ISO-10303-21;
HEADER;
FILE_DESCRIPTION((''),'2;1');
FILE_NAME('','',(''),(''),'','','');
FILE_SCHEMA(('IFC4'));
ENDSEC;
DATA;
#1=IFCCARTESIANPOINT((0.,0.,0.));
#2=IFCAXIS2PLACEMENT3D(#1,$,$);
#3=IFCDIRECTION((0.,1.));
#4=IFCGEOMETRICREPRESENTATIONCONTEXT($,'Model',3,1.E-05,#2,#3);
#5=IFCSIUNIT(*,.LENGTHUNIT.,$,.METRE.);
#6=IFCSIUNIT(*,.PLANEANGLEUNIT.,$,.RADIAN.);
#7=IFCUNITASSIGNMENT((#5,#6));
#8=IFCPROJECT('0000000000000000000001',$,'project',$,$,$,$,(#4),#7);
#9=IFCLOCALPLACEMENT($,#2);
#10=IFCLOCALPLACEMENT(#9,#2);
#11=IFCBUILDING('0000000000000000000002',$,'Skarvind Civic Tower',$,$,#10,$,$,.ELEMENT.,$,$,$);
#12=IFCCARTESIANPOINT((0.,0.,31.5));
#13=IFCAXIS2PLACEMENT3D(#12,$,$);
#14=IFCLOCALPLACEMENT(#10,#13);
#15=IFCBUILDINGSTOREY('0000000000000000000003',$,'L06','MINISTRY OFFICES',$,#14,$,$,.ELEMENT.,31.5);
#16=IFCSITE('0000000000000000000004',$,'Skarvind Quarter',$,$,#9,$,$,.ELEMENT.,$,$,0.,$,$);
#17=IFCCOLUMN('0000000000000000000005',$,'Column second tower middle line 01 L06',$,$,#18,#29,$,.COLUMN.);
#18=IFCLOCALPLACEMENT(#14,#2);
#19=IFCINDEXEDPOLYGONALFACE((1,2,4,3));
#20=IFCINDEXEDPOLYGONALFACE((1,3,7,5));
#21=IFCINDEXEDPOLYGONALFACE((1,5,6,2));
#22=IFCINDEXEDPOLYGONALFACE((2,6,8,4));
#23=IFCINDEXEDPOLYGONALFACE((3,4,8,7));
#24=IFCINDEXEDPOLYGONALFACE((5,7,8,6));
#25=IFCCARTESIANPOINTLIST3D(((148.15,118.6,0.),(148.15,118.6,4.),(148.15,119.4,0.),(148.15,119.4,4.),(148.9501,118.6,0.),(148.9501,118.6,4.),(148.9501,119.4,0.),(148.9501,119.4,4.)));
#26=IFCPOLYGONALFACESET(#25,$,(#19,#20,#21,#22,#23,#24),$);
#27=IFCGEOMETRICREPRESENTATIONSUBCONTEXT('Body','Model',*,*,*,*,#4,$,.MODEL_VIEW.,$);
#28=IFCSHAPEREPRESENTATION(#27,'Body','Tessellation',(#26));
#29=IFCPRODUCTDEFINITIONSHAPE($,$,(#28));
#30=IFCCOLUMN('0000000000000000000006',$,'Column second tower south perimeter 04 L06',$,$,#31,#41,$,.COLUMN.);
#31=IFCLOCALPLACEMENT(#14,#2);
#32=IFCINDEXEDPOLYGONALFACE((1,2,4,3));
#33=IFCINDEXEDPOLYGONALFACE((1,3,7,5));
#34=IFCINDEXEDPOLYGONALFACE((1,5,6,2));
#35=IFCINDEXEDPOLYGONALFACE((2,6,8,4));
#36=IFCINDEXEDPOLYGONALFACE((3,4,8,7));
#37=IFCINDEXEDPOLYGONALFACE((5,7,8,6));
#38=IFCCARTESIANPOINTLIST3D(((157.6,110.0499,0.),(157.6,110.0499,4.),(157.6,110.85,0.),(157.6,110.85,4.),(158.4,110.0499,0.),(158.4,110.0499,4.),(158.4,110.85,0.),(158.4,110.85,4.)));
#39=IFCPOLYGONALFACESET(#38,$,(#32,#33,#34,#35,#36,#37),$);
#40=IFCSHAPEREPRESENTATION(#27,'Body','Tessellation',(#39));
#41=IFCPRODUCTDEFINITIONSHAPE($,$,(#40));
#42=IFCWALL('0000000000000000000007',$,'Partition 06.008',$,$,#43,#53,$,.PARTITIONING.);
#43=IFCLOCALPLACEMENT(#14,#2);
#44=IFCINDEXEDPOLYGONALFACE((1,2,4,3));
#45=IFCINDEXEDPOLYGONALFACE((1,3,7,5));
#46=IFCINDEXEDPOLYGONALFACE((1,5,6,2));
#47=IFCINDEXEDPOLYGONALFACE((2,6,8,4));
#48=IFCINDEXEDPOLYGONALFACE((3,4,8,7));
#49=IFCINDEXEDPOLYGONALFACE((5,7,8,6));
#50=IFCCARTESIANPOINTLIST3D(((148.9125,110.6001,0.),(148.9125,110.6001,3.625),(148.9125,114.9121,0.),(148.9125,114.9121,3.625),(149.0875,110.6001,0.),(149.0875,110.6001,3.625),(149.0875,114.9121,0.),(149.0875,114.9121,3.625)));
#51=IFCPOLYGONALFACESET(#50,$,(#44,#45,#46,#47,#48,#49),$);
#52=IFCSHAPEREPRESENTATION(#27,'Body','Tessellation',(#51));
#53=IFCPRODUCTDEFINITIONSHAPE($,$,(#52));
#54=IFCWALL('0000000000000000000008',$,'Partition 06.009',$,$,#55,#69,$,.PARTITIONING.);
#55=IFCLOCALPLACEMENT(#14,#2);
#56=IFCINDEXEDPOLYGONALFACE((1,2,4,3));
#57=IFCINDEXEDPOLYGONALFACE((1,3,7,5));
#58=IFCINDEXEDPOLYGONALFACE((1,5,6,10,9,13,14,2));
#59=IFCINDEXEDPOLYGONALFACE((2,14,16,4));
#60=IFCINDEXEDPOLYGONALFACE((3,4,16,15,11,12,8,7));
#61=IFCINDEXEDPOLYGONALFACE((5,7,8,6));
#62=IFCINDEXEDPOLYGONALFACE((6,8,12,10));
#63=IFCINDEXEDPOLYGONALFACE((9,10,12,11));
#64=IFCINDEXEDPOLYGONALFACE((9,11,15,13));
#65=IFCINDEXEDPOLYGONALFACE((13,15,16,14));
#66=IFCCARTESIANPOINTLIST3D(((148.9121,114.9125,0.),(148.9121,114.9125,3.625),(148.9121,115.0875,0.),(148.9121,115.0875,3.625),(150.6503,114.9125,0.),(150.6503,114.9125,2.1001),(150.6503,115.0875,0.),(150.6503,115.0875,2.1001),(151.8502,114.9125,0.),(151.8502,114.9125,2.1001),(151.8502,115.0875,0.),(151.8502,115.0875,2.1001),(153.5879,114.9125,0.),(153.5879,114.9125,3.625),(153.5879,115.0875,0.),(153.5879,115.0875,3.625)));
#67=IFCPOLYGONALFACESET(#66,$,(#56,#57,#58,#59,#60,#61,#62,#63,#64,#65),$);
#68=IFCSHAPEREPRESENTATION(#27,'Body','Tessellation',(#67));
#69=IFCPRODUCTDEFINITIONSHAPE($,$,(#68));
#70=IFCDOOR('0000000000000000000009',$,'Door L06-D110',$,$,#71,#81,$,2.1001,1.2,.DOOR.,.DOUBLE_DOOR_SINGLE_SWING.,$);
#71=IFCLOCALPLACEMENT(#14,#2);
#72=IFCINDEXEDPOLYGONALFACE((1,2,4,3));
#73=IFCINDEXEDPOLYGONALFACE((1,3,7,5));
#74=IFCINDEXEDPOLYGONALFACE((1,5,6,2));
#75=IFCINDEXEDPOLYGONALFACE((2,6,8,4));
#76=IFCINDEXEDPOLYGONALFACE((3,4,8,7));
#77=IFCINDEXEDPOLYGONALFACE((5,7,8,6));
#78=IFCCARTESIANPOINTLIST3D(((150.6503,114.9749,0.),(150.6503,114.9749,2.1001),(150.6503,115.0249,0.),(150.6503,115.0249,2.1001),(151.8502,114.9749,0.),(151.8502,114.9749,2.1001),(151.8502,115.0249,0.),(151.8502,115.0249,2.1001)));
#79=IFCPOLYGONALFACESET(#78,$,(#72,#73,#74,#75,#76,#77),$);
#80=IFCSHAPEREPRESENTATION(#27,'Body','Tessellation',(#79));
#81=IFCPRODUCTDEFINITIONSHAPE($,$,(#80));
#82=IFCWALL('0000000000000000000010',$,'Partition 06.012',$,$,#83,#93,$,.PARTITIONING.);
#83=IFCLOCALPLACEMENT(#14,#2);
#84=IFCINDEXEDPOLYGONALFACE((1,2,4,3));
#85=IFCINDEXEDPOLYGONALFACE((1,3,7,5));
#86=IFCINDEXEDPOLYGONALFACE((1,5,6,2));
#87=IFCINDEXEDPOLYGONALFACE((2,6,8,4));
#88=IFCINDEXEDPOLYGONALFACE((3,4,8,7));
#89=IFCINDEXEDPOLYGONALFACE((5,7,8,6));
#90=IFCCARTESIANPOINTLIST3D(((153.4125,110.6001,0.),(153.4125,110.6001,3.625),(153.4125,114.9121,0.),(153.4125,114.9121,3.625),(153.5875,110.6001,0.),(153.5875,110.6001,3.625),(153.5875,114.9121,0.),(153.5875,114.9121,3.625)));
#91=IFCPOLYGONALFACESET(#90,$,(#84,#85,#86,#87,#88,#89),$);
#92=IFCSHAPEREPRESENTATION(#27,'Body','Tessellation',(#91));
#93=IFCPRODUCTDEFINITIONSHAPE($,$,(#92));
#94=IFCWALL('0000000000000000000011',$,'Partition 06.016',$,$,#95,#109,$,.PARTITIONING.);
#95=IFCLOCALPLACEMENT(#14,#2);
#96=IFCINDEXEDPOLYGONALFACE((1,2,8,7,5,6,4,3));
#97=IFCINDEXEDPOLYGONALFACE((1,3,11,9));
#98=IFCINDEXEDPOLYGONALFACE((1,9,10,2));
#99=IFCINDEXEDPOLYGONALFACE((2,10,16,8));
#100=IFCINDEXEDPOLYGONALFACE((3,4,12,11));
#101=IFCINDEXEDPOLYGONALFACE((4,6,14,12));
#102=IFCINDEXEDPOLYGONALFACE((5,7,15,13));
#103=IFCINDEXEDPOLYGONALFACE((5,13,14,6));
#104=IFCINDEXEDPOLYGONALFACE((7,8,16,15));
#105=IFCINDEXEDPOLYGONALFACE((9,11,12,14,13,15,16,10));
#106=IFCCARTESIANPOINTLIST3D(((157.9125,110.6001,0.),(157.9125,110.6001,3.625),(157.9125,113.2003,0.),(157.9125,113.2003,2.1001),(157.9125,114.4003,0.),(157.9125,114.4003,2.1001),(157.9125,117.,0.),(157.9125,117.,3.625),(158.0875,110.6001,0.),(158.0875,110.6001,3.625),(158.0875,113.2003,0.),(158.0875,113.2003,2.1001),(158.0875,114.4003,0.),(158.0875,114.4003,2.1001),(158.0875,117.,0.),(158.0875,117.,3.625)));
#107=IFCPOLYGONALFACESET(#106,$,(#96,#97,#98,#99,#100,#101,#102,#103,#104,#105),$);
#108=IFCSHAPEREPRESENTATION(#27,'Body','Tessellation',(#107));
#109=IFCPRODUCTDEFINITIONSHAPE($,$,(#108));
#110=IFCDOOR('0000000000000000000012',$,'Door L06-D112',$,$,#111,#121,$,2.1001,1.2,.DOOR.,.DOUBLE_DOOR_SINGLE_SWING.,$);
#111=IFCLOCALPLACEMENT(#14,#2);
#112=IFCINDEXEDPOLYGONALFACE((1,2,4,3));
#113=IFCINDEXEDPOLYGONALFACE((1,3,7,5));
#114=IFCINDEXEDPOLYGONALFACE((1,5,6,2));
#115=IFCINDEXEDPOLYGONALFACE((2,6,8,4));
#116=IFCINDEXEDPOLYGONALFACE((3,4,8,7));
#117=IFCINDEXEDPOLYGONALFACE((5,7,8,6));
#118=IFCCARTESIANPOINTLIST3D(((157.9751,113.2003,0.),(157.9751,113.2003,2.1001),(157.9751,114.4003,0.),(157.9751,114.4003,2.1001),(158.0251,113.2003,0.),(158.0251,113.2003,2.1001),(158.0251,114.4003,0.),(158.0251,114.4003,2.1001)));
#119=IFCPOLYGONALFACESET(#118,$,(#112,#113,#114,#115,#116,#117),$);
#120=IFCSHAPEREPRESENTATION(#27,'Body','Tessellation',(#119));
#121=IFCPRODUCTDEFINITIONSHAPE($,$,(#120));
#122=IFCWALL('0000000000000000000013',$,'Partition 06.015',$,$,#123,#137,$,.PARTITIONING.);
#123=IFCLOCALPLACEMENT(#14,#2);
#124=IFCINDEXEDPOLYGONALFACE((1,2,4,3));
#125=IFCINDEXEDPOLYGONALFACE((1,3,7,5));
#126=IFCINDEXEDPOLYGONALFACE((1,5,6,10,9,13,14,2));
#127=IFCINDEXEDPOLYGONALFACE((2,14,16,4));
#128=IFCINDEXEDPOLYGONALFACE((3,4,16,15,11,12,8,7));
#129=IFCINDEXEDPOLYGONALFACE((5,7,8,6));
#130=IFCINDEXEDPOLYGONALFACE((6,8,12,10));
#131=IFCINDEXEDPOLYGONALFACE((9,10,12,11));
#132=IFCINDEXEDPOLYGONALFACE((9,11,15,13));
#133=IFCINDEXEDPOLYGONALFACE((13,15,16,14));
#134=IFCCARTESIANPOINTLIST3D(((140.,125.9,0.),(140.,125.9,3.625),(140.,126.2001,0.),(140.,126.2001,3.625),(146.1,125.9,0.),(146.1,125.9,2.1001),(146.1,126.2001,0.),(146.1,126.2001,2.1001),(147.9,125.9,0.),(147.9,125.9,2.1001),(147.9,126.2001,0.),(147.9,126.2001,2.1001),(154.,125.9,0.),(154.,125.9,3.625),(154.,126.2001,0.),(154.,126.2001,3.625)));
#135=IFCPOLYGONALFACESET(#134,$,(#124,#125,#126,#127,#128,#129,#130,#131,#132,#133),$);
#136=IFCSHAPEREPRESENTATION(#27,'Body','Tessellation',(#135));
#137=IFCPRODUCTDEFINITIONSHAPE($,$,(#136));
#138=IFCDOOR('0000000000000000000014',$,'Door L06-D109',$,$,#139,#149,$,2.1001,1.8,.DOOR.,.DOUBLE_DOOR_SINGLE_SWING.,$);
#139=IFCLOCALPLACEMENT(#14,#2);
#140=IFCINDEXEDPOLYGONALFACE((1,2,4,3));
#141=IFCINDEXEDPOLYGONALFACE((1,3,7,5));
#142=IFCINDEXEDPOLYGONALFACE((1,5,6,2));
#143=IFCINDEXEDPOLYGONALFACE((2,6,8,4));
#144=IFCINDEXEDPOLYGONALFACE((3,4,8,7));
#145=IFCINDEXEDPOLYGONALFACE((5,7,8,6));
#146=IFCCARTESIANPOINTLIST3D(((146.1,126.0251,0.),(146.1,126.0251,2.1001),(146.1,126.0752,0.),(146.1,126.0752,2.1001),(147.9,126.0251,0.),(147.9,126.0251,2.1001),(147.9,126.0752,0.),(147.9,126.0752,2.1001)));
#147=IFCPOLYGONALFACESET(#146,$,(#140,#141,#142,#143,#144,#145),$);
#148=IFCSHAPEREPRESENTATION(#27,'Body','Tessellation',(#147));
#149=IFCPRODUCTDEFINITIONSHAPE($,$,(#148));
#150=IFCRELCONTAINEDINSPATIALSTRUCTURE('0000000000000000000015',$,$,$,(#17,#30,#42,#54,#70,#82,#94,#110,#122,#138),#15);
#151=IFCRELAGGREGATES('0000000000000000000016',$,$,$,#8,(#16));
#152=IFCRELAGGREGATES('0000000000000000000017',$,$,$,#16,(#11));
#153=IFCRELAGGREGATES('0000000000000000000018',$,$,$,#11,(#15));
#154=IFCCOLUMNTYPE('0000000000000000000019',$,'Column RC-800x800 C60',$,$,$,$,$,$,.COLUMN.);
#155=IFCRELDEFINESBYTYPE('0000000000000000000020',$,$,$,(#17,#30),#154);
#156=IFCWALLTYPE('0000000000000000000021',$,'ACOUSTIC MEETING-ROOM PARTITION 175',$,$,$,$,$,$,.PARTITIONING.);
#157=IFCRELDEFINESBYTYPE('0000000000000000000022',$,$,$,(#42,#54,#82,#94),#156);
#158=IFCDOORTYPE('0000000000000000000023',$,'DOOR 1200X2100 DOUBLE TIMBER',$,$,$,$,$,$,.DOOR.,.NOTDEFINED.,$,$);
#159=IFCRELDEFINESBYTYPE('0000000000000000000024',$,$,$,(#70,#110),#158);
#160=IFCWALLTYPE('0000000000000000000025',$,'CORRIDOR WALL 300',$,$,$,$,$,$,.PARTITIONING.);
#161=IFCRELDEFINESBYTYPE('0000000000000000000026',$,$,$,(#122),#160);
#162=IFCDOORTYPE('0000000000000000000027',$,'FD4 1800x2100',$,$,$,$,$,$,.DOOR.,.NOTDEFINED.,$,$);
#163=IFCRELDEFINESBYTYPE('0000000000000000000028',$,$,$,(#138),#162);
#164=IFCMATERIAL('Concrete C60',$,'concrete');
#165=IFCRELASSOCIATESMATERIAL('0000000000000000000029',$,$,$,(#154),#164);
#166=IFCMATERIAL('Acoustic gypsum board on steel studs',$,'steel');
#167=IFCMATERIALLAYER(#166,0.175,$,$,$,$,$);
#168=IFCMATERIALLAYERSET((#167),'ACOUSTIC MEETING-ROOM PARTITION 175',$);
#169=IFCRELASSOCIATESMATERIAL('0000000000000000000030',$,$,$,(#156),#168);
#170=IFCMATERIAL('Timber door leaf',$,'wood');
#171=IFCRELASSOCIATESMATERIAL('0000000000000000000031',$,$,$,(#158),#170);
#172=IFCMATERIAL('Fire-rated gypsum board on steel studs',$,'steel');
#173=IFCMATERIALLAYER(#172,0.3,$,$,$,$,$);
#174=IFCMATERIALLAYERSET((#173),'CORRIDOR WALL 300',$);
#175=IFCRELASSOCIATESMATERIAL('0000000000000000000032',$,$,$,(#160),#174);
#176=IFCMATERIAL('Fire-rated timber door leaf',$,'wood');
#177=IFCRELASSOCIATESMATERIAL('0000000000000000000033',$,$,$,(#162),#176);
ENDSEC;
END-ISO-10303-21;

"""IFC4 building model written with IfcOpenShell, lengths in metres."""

from ifc_helpers import new_model, si_unit, direction, frame, frame_2d, origin, origin_2d, place, context, subcontext, project, spatial, rectangle, extrude, material, layer, layer_set, material_profile, profile_set, type_object, element, fill, save


model = new_model("IFC4")

# Units and contexts
model_context = context("Model", 3, precision=1e-05, world=origin(), true_north=direction((0.0, 1.0)))
body_context = subcontext(model_context, "Body", "Model", "MODEL_VIEW")
ifc_project = project(units=[si_unit("LENGTHUNIT", "METRE"), si_unit("PLANEANGLEUNIT", "RADIAN")], contexts=[model_context])

# Site, building, storey
site_placement = place(None, origin())
site = spatial("IfcSite", under=ifc_project, at=site_placement, Name="Skarvind Quarter", CompositionType="ELEMENT", RefElevation=0.0)
building_placement = place(site_placement, origin())
building = spatial("IfcBuilding", under=site, at=building_placement, Name="Skarvind Civic Tower", CompositionType="ELEMENT")
storey_placement = place(building_placement, frame((0.0, 0.0, 31.5)))
storey = spatial("IfcBuildingStorey", under=building, at=storey_placement, Name="L06", Description="MINISTRY OFFICES", CompositionType="ELEMENT", Elevation=31.5)

# Columns
ifc_material_1 = material(Name="Concrete C60", Category="concrete")
ifc_material_profile = material_profile(ifc_material_1, rectangle(XDim=0.8, YDim=0.8, at=origin_2d()), Name="RC-800x800")
ifc_profile_set = profile_set([ifc_material_profile], Name="Concrete C60")
column_type = type_object("IfcColumnType", Name="Column RC-800x800 C60", PredefinedType="COLUMN", material=ifc_profile_set)
for number, where, z_axis, x_axis, name in (
    (1, (148.55, 119.0, 0.0), (0.0, 0.0, 1.0), (1.0, 0.0, 0.0), "Column second tower middle line 01 L06"),
    (2, (158.0, 110.45, 0.0), (0.0, 0.0, 1.0), (1.0, 0.0, 0.0), "Column second tower south perimeter 04 L06"),
):
    element("IfcColumn", number, at=place(storey_placement, frame(where, z_axis=z_axis, x_axis=x_axis)), inside=storey, type_object=column_type, Name=name, PredefinedType="COLUMN", context=body_context, shape_type="SweptSolid", body=[
        extrude(rectangle(XDim=0.8, YDim=0.8, at=origin_2d()), origin(), (0.0, 0.0, 1.0), 4.0),
    ])

# Wall
ifc_material_2 = material(Name="Acoustic gypsum board on steel studs", Category="steel")
ifc_layer_1 = layer(ifc_material_2, 0.175)
ifc_layer_set_1 = layer_set([ifc_layer_1], Name="ACOUSTIC MEETING-ROOM PARTITION 175")
wall_type_1 = type_object("IfcWallType", Name="ACOUSTIC MEETING-ROOM PARTITION 175", PredefinedType="PARTITIONING", material=ifc_layer_set_1)
wall_1_placement = place(storey_placement, frame((149.0, 110.6001, 0.0), z_axis=(0.0, 0.0, 1.0), x_axis=(0.0, 1.0, 0.0)))
element("IfcWall", 3, at=wall_1_placement, inside=storey, type_object=wall_type_1, Name="Partition 06.008", PredefinedType="PARTITIONING", context=body_context, shape_type="SweptSolid", body=[
    extrude(rectangle(XDim=4.312, YDim=0.175, at=frame_2d((2.156, 0.0))), origin(), (0.0, 0.0, 1.0), 3.625),
])

# Wall, opening, door
wall_2_placement = place(storey_placement, frame((148.9121, 115.0, 0.0), z_axis=(0.0, 0.0, 1.0), x_axis=(1.0, 0.0, 0.0)))
wall_2 = element("IfcWall", 4, at=wall_2_placement, inside=storey, type_object=wall_type_1, Name="Partition 06.009", PredefinedType="PARTITIONING", context=body_context, shape_type="SweptSolid", body=[
    extrude(rectangle(XDim=4.6758, YDim=0.175, at=frame_2d((2.3379, 0.0))), origin(), (0.0, 0.0, 1.0), 3.625),
])
opening_1_placement = place(wall_2_placement, frame((1.738, 0.0, 0.0)))
opening_1 = element("IfcOpeningElement", 5, at=opening_1_placement, cuts=wall_2, PredefinedType="OPENING", context=body_context, shape_type="SweptSolid", body=[
    extrude(rectangle(XDim=1.2, YDim=2.1001, at=frame_2d((0.6001, 1.05))), frame((0.0, 0.0974, 0.0), z_axis=(0.0, -1.0, 0.0), x_axis=(1.0, 0.0, 0.0)), (0.0, 0.0, 1.0), 0.1951),
])
ifc_material_3 = material(Name="Timber door leaf", Category="wood")
door_type_1 = type_object("IfcDoorType", Name="DOOR 1200X2100 DOUBLE TIMBER", OperationType="NOTDEFINED", PredefinedType="DOOR", material=ifc_material_3)
door_1_placement = place(opening_1_placement, origin())
door_1 = element("IfcDoor", 6, at=door_1_placement, inside=storey, type_object=door_type_1, Name="Door L06-D110", OperationType="DOUBLE_DOOR_SINGLE_SWING", OverallHeight=2.1001, OverallWidth=1.2, PredefinedType="DOOR", context=body_context, shape_type="SweptSolid", body=[
    extrude(rectangle(XDim=1.2, YDim=2.1001, at=frame_2d((0.6001, 1.05))), frame((0.0, 0.0249, 0.0), z_axis=(0.0, -1.0, 0.0), x_axis=(1.0, 0.0, 0.0)), (0.0, 0.0, 1.0), 0.05),
])
fill(opening_1, door_1)

# Wall
wall_3_placement = place(storey_placement, frame((153.5, 114.9121, 0.0), z_axis=(0.0, 0.0, 1.0), x_axis=(0.0, -1.0, 0.0)))
element("IfcWall", 7, at=wall_3_placement, inside=storey, type_object=wall_type_1, Name="Partition 06.012", PredefinedType="PARTITIONING", context=body_context, shape_type="SweptSolid", body=[
    extrude(rectangle(XDim=4.312, YDim=0.175, at=frame_2d((2.156, 0.0))), origin(), (0.0, 0.0, 1.0), 3.625),
])

# Walls, openings, doors
wall_4_placement = place(storey_placement, frame((158.0, 110.6001, 0.0), z_axis=(0.0, 0.0, 1.0), x_axis=(0.0, 1.0, 0.0)))
wall_4 = element("IfcWall", 8, at=wall_4_placement, inside=storey, type_object=wall_type_1, Name="Partition 06.016", PredefinedType="PARTITIONING", context=body_context, shape_type="SweptSolid", body=[
    extrude(rectangle(XDim=6.3999, YDim=0.175, at=frame_2d((3.2, 0.0))), origin(), (0.0, 0.0, 1.0), 3.625),
])
opening_2_placement = place(wall_4_placement, frame((2.6001, 0.0, 0.0)))
opening_2 = element("IfcOpeningElement", 9, at=opening_2_placement, cuts=wall_4, PredefinedType="OPENING", context=body_context, shape_type="SweptSolid", body=[
    extrude(rectangle(XDim=1.2, YDim=2.1001, at=frame_2d((0.6001, 1.05))), frame((0.0, 0.0974, 0.0), z_axis=(0.0, -1.0, 0.0), x_axis=(1.0, 0.0, 0.0)), (0.0, 0.0, 1.0), 0.1951),
])
door_2_placement = place(opening_2_placement, origin())
door_2 = element("IfcDoor", 10, at=door_2_placement, inside=storey, type_object=door_type_1, Name="Door L06-D112", OperationType="DOUBLE_DOOR_SINGLE_SWING", OverallHeight=2.1001, OverallWidth=1.2, PredefinedType="DOOR", context=body_context, shape_type="SweptSolid", body=[
    extrude(rectangle(XDim=1.2, YDim=2.1001, at=frame_2d((0.6001, 1.05))), frame((0.0, 0.0249, 0.0), z_axis=(0.0, -1.0, 0.0), x_axis=(1.0, 0.0, 0.0)), (0.0, 0.0, 1.0), 0.05),
])
fill(opening_2, door_2)
ifc_material_4 = material(Name="Fire-rated gypsum board on steel studs", Category="steel")
ifc_layer_2 = layer(ifc_material_4, 0.3)
ifc_layer_set_2 = layer_set([ifc_layer_2], Name="CORRIDOR WALL 300")
wall_type_2 = type_object("IfcWallType", Name="CORRIDOR WALL 300", PredefinedType="PARTITIONING", material=ifc_layer_set_2)
wall_5_placement = place(storey_placement, frame((154.0, 126.05, 0.0), z_axis=(0.0, 0.0, 1.0), x_axis=(-1.0, 0.0, 0.0)))
wall_5 = element("IfcWall", 11, at=wall_5_placement, inside=storey, type_object=wall_type_2, Name="Partition 06.015", PredefinedType="PARTITIONING", context=body_context, shape_type="SweptSolid", body=[
    extrude(rectangle(XDim=14.0, YDim=0.3, at=frame_2d((7.0, 0.0))), origin(), (0.0, 0.0, 1.0), 3.625),
])
opening_3_placement = place(wall_5_placement, frame((6.1001, 0.0, 0.0)))
opening_3 = element("IfcOpeningElement", 12, at=opening_3_placement, cuts=wall_5, PredefinedType="OPENING", context=body_context, shape_type="SweptSolid", body=[
    extrude(rectangle(XDim=1.8, YDim=2.1001, at=frame_2d((0.8999, 1.05))), frame((0.0, 0.1599, 0.0), z_axis=(0.0, -1.0, 0.0), x_axis=(1.0, 0.0, 0.0)), (0.0, 0.0, 1.0), 0.3201),
])
ifc_material_5 = material(Name="Fire-rated timber door leaf", Category="wood")
door_type_2 = type_object("IfcDoorType", Name="FD4 1800x2100", OperationType="NOTDEFINED", PredefinedType="DOOR", material=ifc_material_5)
door_3_placement = place(opening_3_placement, origin())
door_3 = element("IfcDoor", 13, at=door_3_placement, inside=storey, type_object=door_type_2, Name="Door L06-D109", OperationType="DOUBLE_DOOR_SINGLE_SWING", OverallHeight=2.1001, OverallWidth=1.8, PredefinedType="DOOR", context=body_context, shape_type="SweptSolid", body=[
    extrude(rectangle(XDim=1.8, YDim=2.1001, at=frame_2d((0.8999, 1.05))), frame((0.0, 0.0249, 0.0), z_axis=(0.0, -1.0, 0.0), x_axis=(1.0, 0.0, 0.0)), (0.0, 0.0, 1.0), 0.05),
])
fill(opening_3, door_3)

save(model, "model.ifc")
